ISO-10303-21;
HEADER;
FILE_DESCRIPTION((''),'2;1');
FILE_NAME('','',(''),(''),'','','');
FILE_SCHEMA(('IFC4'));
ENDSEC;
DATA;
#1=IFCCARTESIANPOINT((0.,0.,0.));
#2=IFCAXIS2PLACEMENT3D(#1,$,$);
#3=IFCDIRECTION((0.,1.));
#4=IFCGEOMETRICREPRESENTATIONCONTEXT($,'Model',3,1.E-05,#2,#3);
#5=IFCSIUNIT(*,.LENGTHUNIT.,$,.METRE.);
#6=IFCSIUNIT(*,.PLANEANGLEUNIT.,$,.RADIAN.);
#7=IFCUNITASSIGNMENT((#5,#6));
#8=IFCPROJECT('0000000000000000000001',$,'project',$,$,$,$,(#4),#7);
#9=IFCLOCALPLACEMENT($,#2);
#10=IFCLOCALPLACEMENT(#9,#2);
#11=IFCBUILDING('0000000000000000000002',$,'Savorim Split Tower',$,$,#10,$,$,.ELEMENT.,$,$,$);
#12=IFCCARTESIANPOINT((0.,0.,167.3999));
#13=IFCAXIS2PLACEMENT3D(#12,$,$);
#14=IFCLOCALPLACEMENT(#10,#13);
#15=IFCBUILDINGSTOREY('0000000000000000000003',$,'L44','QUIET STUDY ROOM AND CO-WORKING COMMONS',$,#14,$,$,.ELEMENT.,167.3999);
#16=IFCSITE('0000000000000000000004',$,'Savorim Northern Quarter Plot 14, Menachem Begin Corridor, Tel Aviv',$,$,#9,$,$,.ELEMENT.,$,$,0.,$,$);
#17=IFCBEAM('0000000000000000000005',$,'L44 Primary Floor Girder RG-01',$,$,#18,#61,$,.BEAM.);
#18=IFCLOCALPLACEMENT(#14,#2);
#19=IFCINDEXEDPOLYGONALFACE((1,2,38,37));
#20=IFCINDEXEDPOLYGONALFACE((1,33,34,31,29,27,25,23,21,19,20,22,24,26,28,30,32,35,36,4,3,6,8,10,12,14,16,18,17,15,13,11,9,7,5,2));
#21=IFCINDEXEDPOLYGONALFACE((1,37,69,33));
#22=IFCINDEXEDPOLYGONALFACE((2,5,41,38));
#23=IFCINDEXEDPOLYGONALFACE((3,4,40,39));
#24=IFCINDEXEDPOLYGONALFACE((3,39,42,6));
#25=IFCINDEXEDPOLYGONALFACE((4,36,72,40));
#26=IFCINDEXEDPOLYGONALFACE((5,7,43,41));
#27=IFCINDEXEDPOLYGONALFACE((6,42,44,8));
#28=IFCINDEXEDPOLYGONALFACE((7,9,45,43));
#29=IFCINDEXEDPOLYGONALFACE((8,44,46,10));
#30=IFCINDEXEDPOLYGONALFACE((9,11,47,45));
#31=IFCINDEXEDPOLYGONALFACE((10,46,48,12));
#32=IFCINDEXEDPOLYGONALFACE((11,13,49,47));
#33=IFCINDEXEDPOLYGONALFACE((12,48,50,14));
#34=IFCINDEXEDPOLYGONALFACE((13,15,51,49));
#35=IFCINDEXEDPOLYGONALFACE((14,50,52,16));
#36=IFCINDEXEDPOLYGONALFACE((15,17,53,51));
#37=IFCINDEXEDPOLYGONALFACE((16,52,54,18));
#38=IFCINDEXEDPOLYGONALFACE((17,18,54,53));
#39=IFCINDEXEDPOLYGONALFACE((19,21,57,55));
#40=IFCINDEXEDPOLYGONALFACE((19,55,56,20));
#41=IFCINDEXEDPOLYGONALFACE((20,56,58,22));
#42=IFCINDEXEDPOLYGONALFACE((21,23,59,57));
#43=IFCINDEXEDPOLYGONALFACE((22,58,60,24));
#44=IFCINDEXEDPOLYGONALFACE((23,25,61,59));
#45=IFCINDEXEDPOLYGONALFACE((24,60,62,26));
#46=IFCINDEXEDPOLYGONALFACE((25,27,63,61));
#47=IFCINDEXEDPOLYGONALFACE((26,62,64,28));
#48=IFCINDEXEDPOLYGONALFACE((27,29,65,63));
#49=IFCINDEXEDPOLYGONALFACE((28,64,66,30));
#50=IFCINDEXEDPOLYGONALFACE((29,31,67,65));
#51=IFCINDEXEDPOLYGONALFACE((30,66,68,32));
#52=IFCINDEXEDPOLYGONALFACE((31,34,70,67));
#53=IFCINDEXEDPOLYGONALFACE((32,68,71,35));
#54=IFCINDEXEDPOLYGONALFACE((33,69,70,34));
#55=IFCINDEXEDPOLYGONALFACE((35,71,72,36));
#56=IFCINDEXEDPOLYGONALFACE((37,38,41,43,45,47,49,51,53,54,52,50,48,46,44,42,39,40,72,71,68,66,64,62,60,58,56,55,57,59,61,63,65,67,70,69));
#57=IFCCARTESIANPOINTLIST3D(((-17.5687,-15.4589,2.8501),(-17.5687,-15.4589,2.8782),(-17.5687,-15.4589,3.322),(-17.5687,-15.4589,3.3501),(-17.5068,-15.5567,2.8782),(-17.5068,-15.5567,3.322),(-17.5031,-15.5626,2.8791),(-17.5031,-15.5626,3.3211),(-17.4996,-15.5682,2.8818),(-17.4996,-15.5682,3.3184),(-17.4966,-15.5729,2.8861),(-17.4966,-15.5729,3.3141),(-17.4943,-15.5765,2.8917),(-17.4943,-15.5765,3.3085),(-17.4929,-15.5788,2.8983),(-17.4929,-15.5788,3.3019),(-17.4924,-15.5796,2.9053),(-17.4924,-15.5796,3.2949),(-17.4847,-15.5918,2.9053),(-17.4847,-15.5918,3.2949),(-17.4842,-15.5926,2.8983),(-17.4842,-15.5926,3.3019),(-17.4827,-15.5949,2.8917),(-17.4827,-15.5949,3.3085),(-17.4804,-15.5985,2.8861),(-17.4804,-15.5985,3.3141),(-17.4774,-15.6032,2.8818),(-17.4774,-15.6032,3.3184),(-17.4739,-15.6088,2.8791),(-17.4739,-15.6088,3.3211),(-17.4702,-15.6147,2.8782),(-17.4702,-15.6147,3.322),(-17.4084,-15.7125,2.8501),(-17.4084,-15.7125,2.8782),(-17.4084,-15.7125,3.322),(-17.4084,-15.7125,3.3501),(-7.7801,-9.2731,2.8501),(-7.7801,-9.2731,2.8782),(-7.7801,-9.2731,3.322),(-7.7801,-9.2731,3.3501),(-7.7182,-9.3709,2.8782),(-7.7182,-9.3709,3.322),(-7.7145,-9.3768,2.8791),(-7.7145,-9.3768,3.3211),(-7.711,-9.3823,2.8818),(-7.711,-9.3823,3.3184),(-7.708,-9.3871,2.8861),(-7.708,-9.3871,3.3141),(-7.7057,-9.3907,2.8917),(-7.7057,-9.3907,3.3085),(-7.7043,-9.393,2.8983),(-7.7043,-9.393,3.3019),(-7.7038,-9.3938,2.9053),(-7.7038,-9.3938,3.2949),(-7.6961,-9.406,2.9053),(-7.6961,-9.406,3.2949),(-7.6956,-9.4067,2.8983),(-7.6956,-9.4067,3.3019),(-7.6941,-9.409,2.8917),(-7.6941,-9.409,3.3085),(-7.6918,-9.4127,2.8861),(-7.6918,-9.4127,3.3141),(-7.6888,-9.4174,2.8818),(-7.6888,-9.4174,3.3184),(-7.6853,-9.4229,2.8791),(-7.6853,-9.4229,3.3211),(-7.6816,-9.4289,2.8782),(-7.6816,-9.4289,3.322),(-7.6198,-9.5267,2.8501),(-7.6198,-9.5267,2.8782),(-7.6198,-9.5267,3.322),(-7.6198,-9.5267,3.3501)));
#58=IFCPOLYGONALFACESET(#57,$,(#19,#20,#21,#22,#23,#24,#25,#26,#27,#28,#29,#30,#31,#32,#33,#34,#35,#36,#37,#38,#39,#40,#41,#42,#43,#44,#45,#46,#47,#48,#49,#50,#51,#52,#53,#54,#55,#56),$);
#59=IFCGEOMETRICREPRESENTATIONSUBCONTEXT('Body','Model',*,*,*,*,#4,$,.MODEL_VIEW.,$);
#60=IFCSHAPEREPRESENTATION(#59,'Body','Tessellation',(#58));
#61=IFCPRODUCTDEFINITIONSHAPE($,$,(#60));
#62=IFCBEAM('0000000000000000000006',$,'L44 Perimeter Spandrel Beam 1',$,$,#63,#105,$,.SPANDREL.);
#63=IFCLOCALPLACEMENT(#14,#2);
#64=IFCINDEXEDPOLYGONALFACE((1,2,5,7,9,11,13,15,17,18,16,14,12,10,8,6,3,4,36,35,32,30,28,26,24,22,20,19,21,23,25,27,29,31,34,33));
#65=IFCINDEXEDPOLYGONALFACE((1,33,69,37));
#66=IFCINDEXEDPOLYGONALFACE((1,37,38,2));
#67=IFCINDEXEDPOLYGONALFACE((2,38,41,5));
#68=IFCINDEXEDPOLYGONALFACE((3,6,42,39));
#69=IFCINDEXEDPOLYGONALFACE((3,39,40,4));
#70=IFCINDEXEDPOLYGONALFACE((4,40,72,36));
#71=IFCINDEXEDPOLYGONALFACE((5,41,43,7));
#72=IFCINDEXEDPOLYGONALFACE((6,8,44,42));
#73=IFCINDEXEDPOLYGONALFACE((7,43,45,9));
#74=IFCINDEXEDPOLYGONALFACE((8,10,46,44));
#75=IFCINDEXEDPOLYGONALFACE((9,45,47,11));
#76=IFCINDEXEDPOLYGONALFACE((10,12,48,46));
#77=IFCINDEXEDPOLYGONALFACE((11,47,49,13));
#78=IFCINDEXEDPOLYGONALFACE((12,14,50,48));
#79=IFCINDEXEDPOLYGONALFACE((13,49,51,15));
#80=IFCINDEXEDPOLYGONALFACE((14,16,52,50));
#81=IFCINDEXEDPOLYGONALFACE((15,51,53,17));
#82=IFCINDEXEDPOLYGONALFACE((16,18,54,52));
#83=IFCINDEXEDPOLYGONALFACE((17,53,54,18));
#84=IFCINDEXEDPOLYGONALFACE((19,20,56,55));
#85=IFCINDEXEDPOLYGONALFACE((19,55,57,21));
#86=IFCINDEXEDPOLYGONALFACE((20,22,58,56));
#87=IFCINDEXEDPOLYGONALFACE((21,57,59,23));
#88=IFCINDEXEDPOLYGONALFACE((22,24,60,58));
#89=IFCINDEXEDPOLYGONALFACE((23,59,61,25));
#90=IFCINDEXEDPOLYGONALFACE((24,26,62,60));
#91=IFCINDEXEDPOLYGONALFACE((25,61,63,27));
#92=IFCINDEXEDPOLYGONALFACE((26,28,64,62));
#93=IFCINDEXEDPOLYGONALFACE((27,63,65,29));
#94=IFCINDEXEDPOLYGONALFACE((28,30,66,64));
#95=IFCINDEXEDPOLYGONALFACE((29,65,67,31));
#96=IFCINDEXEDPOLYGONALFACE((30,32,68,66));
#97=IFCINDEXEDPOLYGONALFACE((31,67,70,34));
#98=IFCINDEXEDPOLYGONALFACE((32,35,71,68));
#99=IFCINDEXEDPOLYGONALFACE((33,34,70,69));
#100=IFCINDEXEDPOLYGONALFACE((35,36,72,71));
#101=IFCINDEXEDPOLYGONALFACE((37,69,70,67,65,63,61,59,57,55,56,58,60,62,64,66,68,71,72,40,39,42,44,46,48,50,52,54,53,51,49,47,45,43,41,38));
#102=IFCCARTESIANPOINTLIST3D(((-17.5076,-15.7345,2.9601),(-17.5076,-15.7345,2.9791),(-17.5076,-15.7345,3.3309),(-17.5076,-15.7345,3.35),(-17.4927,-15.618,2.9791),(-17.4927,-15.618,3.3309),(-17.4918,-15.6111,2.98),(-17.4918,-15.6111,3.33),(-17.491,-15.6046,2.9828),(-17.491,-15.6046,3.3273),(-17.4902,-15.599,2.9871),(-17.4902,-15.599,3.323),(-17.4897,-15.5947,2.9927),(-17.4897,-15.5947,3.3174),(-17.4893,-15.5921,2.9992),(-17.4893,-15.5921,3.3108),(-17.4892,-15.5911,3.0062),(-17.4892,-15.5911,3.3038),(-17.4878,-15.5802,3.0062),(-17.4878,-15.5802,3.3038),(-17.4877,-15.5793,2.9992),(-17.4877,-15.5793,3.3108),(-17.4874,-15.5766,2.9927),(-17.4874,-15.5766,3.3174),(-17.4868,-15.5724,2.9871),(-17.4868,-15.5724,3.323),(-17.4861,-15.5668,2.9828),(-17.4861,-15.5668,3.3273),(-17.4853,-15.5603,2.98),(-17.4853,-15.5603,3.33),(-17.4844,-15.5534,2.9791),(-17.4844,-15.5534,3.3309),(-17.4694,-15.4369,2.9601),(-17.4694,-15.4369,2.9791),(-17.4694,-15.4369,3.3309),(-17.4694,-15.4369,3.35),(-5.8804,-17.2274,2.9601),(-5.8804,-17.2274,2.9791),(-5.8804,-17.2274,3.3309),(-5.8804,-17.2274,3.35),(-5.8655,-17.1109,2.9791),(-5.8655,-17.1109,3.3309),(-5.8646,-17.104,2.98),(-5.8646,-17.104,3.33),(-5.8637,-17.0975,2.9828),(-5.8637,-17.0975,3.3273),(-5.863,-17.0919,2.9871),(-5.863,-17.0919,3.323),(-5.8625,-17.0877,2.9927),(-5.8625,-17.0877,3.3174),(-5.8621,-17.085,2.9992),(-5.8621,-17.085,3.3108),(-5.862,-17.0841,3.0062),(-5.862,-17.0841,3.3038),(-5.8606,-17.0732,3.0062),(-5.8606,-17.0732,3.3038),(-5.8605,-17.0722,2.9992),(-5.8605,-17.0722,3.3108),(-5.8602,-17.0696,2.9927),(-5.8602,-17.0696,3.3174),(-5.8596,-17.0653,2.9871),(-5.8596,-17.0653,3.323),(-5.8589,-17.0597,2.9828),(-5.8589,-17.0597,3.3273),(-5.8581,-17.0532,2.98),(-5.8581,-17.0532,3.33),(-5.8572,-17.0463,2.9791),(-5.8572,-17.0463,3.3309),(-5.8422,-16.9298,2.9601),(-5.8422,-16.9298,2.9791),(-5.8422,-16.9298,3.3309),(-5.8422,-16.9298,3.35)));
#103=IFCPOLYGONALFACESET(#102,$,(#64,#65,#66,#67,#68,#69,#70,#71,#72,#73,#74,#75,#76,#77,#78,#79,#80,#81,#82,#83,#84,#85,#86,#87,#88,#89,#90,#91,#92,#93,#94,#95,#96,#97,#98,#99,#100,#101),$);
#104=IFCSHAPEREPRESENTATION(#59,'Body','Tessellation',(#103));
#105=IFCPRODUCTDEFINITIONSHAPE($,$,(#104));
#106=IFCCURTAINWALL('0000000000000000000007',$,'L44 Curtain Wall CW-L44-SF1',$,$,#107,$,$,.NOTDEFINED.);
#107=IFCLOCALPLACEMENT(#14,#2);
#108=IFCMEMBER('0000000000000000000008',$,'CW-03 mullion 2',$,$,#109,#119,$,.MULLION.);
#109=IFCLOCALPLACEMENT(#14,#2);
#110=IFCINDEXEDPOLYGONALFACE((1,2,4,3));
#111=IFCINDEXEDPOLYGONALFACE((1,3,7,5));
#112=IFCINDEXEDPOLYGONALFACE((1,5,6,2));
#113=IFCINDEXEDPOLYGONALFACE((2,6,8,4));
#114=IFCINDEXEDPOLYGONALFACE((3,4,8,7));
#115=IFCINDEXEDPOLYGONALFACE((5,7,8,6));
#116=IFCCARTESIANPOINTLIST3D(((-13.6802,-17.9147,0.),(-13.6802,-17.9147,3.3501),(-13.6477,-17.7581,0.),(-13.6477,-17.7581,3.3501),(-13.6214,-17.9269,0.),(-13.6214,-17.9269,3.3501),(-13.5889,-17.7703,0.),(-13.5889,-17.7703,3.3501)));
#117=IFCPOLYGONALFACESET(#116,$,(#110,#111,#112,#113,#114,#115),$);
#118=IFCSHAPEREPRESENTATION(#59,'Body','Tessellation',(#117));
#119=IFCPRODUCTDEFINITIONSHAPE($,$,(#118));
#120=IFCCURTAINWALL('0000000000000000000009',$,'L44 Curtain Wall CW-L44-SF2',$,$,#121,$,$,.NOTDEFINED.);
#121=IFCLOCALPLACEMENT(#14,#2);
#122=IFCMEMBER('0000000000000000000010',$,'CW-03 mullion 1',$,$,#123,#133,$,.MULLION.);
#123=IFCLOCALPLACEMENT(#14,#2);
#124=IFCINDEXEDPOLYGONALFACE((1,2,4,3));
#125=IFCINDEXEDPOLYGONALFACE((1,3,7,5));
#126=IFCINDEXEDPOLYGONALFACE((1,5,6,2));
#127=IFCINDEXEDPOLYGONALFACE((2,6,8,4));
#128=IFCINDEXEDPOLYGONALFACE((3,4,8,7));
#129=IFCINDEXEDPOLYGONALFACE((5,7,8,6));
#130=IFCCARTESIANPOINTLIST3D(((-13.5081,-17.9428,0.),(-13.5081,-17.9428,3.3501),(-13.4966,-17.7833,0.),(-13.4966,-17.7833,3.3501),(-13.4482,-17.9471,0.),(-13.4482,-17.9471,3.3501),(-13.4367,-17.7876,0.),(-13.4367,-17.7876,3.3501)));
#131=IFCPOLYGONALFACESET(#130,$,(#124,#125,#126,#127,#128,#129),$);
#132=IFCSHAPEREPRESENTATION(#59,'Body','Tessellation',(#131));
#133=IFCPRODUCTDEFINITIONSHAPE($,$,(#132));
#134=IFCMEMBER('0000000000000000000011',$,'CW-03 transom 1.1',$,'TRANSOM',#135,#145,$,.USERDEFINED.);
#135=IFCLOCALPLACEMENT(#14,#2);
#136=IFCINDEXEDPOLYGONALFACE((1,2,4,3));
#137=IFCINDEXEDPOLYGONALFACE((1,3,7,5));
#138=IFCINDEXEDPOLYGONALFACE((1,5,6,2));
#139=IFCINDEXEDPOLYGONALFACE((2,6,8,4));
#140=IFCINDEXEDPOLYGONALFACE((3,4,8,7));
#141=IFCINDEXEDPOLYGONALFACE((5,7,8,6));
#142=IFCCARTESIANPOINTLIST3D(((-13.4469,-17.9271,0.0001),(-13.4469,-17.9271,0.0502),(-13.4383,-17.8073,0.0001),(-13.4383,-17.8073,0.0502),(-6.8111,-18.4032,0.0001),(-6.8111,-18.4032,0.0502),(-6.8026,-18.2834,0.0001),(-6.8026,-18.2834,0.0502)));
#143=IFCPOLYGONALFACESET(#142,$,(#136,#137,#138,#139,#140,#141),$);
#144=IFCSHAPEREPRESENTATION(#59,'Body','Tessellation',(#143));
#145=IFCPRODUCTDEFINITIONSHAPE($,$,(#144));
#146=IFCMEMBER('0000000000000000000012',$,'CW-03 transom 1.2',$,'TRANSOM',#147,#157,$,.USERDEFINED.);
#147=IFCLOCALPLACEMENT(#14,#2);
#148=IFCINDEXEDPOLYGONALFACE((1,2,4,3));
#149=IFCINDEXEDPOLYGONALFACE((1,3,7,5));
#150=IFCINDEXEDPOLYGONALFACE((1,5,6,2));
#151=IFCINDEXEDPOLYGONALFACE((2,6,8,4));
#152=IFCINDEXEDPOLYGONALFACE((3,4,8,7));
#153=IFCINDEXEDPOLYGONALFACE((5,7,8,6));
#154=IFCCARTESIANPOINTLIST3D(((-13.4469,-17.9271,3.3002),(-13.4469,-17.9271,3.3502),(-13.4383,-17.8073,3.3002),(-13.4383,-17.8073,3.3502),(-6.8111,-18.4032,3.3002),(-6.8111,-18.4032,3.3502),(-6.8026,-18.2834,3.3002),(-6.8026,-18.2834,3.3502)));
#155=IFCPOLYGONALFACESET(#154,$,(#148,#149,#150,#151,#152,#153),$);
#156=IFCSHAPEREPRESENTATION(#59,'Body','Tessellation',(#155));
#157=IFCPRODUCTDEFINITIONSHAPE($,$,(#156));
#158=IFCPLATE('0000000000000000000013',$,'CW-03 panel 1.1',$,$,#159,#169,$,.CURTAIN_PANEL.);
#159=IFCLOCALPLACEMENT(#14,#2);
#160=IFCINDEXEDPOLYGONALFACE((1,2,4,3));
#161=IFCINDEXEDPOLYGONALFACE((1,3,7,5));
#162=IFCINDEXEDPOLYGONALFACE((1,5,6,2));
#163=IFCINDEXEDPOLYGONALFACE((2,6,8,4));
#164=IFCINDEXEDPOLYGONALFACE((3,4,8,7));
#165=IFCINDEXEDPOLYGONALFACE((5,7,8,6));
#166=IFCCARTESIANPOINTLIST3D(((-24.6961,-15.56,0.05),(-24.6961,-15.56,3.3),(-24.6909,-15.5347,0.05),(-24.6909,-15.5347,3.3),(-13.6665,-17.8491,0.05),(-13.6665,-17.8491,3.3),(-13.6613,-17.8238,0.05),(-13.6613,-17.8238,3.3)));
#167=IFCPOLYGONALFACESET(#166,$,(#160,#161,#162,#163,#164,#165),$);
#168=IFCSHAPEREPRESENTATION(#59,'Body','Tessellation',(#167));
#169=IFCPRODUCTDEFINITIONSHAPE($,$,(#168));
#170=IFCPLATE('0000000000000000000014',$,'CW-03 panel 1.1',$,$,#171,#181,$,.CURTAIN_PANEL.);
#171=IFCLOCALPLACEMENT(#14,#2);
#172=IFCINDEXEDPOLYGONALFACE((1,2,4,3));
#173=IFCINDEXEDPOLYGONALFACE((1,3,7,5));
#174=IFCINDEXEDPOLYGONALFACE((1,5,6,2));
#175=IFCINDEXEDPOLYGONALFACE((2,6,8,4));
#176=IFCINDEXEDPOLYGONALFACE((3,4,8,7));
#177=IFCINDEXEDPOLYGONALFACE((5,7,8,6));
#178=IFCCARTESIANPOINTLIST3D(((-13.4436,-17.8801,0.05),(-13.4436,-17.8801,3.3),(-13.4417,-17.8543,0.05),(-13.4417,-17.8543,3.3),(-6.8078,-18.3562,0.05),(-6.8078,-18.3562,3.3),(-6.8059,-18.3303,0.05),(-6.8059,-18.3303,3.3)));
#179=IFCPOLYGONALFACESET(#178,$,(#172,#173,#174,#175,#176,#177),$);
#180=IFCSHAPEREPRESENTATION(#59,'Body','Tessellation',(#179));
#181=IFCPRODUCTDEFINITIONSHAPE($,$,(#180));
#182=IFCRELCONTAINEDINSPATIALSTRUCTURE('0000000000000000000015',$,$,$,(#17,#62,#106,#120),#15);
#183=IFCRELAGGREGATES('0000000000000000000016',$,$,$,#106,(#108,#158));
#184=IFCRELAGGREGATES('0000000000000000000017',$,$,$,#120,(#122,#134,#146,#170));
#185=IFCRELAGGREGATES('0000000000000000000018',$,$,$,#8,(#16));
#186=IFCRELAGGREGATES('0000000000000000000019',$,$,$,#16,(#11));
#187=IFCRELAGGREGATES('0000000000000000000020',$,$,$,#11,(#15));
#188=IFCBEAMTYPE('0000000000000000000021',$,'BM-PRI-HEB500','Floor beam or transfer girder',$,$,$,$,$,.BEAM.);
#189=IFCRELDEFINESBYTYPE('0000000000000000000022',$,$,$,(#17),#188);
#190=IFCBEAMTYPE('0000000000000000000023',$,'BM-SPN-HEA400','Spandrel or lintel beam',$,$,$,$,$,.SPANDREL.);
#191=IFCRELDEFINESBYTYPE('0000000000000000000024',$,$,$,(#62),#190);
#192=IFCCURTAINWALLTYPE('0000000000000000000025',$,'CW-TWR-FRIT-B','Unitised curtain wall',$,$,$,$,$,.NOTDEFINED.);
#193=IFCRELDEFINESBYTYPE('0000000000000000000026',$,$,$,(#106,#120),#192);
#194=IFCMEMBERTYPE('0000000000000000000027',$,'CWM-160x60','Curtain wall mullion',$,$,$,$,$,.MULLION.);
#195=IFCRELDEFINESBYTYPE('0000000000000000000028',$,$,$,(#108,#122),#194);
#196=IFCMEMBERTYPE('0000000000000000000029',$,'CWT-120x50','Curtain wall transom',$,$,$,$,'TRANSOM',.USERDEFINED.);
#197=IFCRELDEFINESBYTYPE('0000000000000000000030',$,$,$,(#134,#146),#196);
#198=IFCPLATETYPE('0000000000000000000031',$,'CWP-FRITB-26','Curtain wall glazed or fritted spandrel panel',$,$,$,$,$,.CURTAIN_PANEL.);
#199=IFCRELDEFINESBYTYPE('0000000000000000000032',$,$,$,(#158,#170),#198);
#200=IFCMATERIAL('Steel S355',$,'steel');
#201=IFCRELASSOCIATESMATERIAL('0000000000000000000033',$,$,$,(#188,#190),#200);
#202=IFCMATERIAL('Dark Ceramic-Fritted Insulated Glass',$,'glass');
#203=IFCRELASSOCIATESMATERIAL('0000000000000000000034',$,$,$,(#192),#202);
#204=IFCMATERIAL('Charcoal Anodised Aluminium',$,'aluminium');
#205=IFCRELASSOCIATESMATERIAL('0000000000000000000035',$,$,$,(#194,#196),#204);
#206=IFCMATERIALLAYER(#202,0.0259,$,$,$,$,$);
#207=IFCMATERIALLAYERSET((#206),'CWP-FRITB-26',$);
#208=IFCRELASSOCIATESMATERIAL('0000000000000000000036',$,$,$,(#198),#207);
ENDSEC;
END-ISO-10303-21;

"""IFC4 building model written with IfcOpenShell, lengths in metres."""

from ifc_helpers import new_model, si_unit, direction, frame, origin, origin_2d, place, context, subcontext, project, spatial, rectangle, i_section, extrude, material, layer, layer_set, material_profile, profile_set, type_object, element, aggregate, save


model = new_model("IFC4")

# Units and contexts
model_context = context("Model", 3, precision=1e-05, world=origin(), true_north=direction((0.0, 1.0)))
body_context = subcontext(model_context, "Body", "Model", "MODEL_VIEW")
ifc_project = project(units=[si_unit("LENGTHUNIT", "METRE"), si_unit("PLANEANGLEUNIT", "RADIAN")], contexts=[model_context])

# Site, building, storey
site_placement = place(None, origin())
site = spatial("IfcSite", under=ifc_project, at=site_placement, Name="Savorim Northern Quarter Plot 14, Menachem Begin Corridor, Tel Aviv", CompositionType="ELEMENT", RefElevation=0.0)
building_placement = place(site_placement, origin())
building = spatial("IfcBuilding", under=site, at=building_placement, Name="Savorim Split Tower", CompositionType="ELEMENT")
storey_placement = place(building_placement, frame((0.0, 0.0, 167.3999)))
storey = spatial("IfcBuildingStorey", under=building, at=storey_placement, Name="L44", Description="QUIET STUDY ROOM AND CO-WORKING COMMONS", CompositionType="ELEMENT", Elevation=167.3999)

# Beams
ifc_material_1 = material(Name="Steel S355", Category="steel")
ifc_material_profile_1 = material_profile(ifc_material_1, i_section(OverallWidth=0.3, OverallDepth=0.5, WebThickness=0.0144, FlangeThickness=0.0281, FilletRadius=0.0271, at=origin_2d()), Name="HEB 500")
ifc_profile_set_1 = profile_set([ifc_material_profile_1], Name="Steel S355")
beam_type_1 = type_object("IfcBeamType", Name="BM-PRI-HEB500", Description="Floor beam or transfer girder", PredefinedType="BEAM", material=ifc_profile_set_1)
beam_1_placement = place(storey_placement, frame((-17.4885, -15.5857, 3.1001), z_axis=(0.845351, 0.534211, 0.0), x_axis=(-0.534211, 0.845351, 0.0)))
element("IfcBeam", 1, at=beam_1_placement, inside=storey, type_object=beam_type_1, Name="L44 Primary Floor Girder RG-01", PredefinedType="BEAM", context=body_context, shape_type="SweptSolid", body=[
    extrude(i_section(OverallWidth=0.3, OverallDepth=0.5, WebThickness=0.0144, FlangeThickness=0.0281, FilletRadius=0.0271, at=origin_2d()), origin(), (0.0, 0.0, 1.0), 11.5793),
])
ifc_material_profile_2 = material_profile(ifc_material_1, i_section(OverallWidth=0.3, OverallDepth=0.3899, WebThickness=0.011, FlangeThickness=0.019, FilletRadius=0.0271, at=origin_2d()), Name="HEA 400")
ifc_profile_set_2 = profile_set([ifc_material_profile_2], Name="Steel S355")
beam_type_2 = type_object("IfcBeamType", Name="BM-SPN-HEA400", Description="Spandrel or lintel beam", PredefinedType="SPANDREL", material=ifc_profile_set_2)
beam_2_placement = place(storey_placement, frame((-17.4885, -15.5857, 3.155), z_axis=(0.991857, -0.127353, 0.0), x_axis=(0.127353, 0.991857, 0.0)))
element("IfcBeam", 2, at=beam_2_placement, inside=storey, type_object=beam_type_2, Name="L44 Perimeter Spandrel Beam 1", PredefinedType="SPANDREL", context=body_context, shape_type="SweptSolid", body=[
    extrude(i_section(OverallWidth=0.3, OverallDepth=0.3899, WebThickness=0.011, FlangeThickness=0.019, FilletRadius=0.0271, at=origin_2d()), origin(), (0.0, 0.0, 1.0), 11.7227),
])

# Curtain wall, member
ifc_material_2 = material(Name="Dark Ceramic-Fritted Insulated Glass", Category="glass")
curtain_wall_type = type_object("IfcCurtainWallType", Name="CW-TWR-FRIT-B", Description="Unitised curtain wall", PredefinedType="NOTDEFINED", material=ifc_material_2)
curtain_wall_1_placement = place(storey_placement, origin())
curtain_wall_1 = element("IfcCurtainWall", 3, at=curtain_wall_1_placement, inside=storey, type_object=curtain_wall_type, Name="L44 Curtain Wall CW-L44-SF1", PredefinedType="NOTDEFINED")
ifc_material_3 = material(Name="Charcoal Anodised Aluminium", Category="aluminium")
ifc_material_profile_3 = material_profile(ifc_material_3, rectangle(XDim=0.1599, YDim=0.0601, at=origin_2d()), Name="ALU-M 160x60")
ifc_profile_set_3 = profile_set([ifc_material_profile_3], Name="Charcoal Anodised Aluminium")
member_type_1 = type_object("IfcMemberType", Name="CWM-160x60", Description="Curtain wall mullion", PredefinedType="MULLION", material=ifc_profile_set_3)
member_1_placement = place(storey_placement, frame((-13.6345, -17.8425, 0.0), z_axis=(0.0, 0.0, 1.0), x_axis=(0.203214, 0.979134, 0.0)))
member_1 = element("IfcMember", 4, at=member_1_placement, type_object=member_type_1, Name="CW-03 mullion 2", PredefinedType="MULLION", context=body_context, shape_type="SweptSolid", body=[
    extrude(rectangle(XDim=0.1599, YDim=0.0601, at=origin_2d()), origin(), (0.0, 0.0, 1.0), 3.3501),
])

# Curtain wall, members
curtain_wall_2_placement = place(storey_placement, origin())
curtain_wall_2 = element("IfcCurtainWall", 5, at=curtain_wall_2_placement, inside=storey, type_object=curtain_wall_type, Name="L44 Curtain Wall CW-L44-SF2", PredefinedType="NOTDEFINED")
member_2_placement = place(storey_placement, frame((-13.4724, -17.8652, 0.0), z_axis=(0.0, 0.0, 1.0), x_axis=(0.071557, 0.997436, 0.0)))
member_2 = element("IfcMember", 6, at=member_2_placement, type_object=member_type_1, Name="CW-03 mullion 1", PredefinedType="MULLION", context=body_context, shape_type="SweptSolid", body=[
    extrude(rectangle(XDim=0.1599, YDim=0.0601, at=origin_2d()), origin(), (0.0, 0.0, 1.0), 3.3501),
])
ifc_material_profile_4 = material_profile(ifc_material_3, rectangle(XDim=0.1201, YDim=0.05, at=origin_2d()), Name="ALU-T 120x50")
ifc_profile_set_4 = profile_set([ifc_material_profile_4], Name="Charcoal Anodised Aluminium")
member_type_2 = type_object("IfcMemberType", Name="CWT-120x50", Description="Curtain wall transom", ElementType="TRANSOM", PredefinedType="USERDEFINED", material=ifc_profile_set_4)
member_3_placement = place(storey_placement, frame((-13.4426, -17.8672, 0.0251), z_axis=(0.997436, -0.07156, 0.0), x_axis=(0.07156, 0.997436, 0.0)))
member_3 = element("IfcMember", 7, at=member_3_placement, type_object=member_type_2, Name="CW-03 transom 1.1", ObjectType="TRANSOM", PredefinedType="USERDEFINED", context=body_context, shape_type="SweptSolid", body=[
    extrude(rectangle(XDim=0.1201, YDim=0.05, at=origin_2d()), origin(), (0.0, 0.0, 1.0), 6.6528),
])
member_4_placement = place(storey_placement, frame((-13.4426, -17.8672, 3.3252), z_axis=(0.997436, -0.07156, 0.0), x_axis=(0.07156, 0.997436, 0.0)))
member_4 = element("IfcMember", 8, at=member_4_placement, type_object=member_type_2, Name="CW-03 transom 1.2", ObjectType="TRANSOM", PredefinedType="USERDEFINED", context=body_context, shape_type="SweptSolid", body=[
    extrude(rectangle(XDim=0.1201, YDim=0.05, at=origin_2d()), origin(), (0.0, 0.0, 1.0), 6.6528),
])

# Plates
ifc_layer_1 = layer(ifc_material_2, 0.0259)
ifc_layer_set_1 = layer_set([ifc_layer_1], Name="CWP-FRITB-26")
plate_type = type_object("IfcPlateType", Name="CWP-FRITB-26", Description="Curtain wall glazed or fritted spandrel panel", PredefinedType="CURTAIN_PANEL", material=ifc_layer_set_1)
plate_1_placement = place(storey_placement, frame((-19.1787, -16.6919, 0.05), z_axis=(0.0, 0.0, 1.0), x_axis=(0.979134, -0.203214, 0.0)))
plate_1 = element("IfcPlate", 9, at=plate_1_placement, type_object=plate_type, Name="CW-03 panel 1.1", PredefinedType="CURTAIN_PANEL", context=body_context, shape_type="SweptSolid", body=[
    extrude(rectangle(XDim=11.2646, YDim=0.0259, at=origin_2d()), origin(), (0.0, 0.0, 1.0), 3.25),
])
aggregate(curtain_wall_1, [member_1, plate_1])
plate_2_placement = place(storey_placement, frame((-10.1248, -18.1052, 0.05), z_axis=(0.0, 0.0, 1.0), x_axis=(0.997436, -0.071557, 0.0)))
plate_2 = element("IfcPlate", 10, at=plate_2_placement, type_object=plate_type, Name="CW-03 panel 1.1", PredefinedType="CURTAIN_PANEL", context=body_context, shape_type="SweptSolid", body=[
    extrude(rectangle(XDim=6.6528, YDim=0.0259, at=origin_2d()), origin(), (0.0, 0.0, 1.0), 3.25),
])
aggregate(curtain_wall_2, [member_2, member_3, member_4, plate_2])

save(model, "model.ifc")
